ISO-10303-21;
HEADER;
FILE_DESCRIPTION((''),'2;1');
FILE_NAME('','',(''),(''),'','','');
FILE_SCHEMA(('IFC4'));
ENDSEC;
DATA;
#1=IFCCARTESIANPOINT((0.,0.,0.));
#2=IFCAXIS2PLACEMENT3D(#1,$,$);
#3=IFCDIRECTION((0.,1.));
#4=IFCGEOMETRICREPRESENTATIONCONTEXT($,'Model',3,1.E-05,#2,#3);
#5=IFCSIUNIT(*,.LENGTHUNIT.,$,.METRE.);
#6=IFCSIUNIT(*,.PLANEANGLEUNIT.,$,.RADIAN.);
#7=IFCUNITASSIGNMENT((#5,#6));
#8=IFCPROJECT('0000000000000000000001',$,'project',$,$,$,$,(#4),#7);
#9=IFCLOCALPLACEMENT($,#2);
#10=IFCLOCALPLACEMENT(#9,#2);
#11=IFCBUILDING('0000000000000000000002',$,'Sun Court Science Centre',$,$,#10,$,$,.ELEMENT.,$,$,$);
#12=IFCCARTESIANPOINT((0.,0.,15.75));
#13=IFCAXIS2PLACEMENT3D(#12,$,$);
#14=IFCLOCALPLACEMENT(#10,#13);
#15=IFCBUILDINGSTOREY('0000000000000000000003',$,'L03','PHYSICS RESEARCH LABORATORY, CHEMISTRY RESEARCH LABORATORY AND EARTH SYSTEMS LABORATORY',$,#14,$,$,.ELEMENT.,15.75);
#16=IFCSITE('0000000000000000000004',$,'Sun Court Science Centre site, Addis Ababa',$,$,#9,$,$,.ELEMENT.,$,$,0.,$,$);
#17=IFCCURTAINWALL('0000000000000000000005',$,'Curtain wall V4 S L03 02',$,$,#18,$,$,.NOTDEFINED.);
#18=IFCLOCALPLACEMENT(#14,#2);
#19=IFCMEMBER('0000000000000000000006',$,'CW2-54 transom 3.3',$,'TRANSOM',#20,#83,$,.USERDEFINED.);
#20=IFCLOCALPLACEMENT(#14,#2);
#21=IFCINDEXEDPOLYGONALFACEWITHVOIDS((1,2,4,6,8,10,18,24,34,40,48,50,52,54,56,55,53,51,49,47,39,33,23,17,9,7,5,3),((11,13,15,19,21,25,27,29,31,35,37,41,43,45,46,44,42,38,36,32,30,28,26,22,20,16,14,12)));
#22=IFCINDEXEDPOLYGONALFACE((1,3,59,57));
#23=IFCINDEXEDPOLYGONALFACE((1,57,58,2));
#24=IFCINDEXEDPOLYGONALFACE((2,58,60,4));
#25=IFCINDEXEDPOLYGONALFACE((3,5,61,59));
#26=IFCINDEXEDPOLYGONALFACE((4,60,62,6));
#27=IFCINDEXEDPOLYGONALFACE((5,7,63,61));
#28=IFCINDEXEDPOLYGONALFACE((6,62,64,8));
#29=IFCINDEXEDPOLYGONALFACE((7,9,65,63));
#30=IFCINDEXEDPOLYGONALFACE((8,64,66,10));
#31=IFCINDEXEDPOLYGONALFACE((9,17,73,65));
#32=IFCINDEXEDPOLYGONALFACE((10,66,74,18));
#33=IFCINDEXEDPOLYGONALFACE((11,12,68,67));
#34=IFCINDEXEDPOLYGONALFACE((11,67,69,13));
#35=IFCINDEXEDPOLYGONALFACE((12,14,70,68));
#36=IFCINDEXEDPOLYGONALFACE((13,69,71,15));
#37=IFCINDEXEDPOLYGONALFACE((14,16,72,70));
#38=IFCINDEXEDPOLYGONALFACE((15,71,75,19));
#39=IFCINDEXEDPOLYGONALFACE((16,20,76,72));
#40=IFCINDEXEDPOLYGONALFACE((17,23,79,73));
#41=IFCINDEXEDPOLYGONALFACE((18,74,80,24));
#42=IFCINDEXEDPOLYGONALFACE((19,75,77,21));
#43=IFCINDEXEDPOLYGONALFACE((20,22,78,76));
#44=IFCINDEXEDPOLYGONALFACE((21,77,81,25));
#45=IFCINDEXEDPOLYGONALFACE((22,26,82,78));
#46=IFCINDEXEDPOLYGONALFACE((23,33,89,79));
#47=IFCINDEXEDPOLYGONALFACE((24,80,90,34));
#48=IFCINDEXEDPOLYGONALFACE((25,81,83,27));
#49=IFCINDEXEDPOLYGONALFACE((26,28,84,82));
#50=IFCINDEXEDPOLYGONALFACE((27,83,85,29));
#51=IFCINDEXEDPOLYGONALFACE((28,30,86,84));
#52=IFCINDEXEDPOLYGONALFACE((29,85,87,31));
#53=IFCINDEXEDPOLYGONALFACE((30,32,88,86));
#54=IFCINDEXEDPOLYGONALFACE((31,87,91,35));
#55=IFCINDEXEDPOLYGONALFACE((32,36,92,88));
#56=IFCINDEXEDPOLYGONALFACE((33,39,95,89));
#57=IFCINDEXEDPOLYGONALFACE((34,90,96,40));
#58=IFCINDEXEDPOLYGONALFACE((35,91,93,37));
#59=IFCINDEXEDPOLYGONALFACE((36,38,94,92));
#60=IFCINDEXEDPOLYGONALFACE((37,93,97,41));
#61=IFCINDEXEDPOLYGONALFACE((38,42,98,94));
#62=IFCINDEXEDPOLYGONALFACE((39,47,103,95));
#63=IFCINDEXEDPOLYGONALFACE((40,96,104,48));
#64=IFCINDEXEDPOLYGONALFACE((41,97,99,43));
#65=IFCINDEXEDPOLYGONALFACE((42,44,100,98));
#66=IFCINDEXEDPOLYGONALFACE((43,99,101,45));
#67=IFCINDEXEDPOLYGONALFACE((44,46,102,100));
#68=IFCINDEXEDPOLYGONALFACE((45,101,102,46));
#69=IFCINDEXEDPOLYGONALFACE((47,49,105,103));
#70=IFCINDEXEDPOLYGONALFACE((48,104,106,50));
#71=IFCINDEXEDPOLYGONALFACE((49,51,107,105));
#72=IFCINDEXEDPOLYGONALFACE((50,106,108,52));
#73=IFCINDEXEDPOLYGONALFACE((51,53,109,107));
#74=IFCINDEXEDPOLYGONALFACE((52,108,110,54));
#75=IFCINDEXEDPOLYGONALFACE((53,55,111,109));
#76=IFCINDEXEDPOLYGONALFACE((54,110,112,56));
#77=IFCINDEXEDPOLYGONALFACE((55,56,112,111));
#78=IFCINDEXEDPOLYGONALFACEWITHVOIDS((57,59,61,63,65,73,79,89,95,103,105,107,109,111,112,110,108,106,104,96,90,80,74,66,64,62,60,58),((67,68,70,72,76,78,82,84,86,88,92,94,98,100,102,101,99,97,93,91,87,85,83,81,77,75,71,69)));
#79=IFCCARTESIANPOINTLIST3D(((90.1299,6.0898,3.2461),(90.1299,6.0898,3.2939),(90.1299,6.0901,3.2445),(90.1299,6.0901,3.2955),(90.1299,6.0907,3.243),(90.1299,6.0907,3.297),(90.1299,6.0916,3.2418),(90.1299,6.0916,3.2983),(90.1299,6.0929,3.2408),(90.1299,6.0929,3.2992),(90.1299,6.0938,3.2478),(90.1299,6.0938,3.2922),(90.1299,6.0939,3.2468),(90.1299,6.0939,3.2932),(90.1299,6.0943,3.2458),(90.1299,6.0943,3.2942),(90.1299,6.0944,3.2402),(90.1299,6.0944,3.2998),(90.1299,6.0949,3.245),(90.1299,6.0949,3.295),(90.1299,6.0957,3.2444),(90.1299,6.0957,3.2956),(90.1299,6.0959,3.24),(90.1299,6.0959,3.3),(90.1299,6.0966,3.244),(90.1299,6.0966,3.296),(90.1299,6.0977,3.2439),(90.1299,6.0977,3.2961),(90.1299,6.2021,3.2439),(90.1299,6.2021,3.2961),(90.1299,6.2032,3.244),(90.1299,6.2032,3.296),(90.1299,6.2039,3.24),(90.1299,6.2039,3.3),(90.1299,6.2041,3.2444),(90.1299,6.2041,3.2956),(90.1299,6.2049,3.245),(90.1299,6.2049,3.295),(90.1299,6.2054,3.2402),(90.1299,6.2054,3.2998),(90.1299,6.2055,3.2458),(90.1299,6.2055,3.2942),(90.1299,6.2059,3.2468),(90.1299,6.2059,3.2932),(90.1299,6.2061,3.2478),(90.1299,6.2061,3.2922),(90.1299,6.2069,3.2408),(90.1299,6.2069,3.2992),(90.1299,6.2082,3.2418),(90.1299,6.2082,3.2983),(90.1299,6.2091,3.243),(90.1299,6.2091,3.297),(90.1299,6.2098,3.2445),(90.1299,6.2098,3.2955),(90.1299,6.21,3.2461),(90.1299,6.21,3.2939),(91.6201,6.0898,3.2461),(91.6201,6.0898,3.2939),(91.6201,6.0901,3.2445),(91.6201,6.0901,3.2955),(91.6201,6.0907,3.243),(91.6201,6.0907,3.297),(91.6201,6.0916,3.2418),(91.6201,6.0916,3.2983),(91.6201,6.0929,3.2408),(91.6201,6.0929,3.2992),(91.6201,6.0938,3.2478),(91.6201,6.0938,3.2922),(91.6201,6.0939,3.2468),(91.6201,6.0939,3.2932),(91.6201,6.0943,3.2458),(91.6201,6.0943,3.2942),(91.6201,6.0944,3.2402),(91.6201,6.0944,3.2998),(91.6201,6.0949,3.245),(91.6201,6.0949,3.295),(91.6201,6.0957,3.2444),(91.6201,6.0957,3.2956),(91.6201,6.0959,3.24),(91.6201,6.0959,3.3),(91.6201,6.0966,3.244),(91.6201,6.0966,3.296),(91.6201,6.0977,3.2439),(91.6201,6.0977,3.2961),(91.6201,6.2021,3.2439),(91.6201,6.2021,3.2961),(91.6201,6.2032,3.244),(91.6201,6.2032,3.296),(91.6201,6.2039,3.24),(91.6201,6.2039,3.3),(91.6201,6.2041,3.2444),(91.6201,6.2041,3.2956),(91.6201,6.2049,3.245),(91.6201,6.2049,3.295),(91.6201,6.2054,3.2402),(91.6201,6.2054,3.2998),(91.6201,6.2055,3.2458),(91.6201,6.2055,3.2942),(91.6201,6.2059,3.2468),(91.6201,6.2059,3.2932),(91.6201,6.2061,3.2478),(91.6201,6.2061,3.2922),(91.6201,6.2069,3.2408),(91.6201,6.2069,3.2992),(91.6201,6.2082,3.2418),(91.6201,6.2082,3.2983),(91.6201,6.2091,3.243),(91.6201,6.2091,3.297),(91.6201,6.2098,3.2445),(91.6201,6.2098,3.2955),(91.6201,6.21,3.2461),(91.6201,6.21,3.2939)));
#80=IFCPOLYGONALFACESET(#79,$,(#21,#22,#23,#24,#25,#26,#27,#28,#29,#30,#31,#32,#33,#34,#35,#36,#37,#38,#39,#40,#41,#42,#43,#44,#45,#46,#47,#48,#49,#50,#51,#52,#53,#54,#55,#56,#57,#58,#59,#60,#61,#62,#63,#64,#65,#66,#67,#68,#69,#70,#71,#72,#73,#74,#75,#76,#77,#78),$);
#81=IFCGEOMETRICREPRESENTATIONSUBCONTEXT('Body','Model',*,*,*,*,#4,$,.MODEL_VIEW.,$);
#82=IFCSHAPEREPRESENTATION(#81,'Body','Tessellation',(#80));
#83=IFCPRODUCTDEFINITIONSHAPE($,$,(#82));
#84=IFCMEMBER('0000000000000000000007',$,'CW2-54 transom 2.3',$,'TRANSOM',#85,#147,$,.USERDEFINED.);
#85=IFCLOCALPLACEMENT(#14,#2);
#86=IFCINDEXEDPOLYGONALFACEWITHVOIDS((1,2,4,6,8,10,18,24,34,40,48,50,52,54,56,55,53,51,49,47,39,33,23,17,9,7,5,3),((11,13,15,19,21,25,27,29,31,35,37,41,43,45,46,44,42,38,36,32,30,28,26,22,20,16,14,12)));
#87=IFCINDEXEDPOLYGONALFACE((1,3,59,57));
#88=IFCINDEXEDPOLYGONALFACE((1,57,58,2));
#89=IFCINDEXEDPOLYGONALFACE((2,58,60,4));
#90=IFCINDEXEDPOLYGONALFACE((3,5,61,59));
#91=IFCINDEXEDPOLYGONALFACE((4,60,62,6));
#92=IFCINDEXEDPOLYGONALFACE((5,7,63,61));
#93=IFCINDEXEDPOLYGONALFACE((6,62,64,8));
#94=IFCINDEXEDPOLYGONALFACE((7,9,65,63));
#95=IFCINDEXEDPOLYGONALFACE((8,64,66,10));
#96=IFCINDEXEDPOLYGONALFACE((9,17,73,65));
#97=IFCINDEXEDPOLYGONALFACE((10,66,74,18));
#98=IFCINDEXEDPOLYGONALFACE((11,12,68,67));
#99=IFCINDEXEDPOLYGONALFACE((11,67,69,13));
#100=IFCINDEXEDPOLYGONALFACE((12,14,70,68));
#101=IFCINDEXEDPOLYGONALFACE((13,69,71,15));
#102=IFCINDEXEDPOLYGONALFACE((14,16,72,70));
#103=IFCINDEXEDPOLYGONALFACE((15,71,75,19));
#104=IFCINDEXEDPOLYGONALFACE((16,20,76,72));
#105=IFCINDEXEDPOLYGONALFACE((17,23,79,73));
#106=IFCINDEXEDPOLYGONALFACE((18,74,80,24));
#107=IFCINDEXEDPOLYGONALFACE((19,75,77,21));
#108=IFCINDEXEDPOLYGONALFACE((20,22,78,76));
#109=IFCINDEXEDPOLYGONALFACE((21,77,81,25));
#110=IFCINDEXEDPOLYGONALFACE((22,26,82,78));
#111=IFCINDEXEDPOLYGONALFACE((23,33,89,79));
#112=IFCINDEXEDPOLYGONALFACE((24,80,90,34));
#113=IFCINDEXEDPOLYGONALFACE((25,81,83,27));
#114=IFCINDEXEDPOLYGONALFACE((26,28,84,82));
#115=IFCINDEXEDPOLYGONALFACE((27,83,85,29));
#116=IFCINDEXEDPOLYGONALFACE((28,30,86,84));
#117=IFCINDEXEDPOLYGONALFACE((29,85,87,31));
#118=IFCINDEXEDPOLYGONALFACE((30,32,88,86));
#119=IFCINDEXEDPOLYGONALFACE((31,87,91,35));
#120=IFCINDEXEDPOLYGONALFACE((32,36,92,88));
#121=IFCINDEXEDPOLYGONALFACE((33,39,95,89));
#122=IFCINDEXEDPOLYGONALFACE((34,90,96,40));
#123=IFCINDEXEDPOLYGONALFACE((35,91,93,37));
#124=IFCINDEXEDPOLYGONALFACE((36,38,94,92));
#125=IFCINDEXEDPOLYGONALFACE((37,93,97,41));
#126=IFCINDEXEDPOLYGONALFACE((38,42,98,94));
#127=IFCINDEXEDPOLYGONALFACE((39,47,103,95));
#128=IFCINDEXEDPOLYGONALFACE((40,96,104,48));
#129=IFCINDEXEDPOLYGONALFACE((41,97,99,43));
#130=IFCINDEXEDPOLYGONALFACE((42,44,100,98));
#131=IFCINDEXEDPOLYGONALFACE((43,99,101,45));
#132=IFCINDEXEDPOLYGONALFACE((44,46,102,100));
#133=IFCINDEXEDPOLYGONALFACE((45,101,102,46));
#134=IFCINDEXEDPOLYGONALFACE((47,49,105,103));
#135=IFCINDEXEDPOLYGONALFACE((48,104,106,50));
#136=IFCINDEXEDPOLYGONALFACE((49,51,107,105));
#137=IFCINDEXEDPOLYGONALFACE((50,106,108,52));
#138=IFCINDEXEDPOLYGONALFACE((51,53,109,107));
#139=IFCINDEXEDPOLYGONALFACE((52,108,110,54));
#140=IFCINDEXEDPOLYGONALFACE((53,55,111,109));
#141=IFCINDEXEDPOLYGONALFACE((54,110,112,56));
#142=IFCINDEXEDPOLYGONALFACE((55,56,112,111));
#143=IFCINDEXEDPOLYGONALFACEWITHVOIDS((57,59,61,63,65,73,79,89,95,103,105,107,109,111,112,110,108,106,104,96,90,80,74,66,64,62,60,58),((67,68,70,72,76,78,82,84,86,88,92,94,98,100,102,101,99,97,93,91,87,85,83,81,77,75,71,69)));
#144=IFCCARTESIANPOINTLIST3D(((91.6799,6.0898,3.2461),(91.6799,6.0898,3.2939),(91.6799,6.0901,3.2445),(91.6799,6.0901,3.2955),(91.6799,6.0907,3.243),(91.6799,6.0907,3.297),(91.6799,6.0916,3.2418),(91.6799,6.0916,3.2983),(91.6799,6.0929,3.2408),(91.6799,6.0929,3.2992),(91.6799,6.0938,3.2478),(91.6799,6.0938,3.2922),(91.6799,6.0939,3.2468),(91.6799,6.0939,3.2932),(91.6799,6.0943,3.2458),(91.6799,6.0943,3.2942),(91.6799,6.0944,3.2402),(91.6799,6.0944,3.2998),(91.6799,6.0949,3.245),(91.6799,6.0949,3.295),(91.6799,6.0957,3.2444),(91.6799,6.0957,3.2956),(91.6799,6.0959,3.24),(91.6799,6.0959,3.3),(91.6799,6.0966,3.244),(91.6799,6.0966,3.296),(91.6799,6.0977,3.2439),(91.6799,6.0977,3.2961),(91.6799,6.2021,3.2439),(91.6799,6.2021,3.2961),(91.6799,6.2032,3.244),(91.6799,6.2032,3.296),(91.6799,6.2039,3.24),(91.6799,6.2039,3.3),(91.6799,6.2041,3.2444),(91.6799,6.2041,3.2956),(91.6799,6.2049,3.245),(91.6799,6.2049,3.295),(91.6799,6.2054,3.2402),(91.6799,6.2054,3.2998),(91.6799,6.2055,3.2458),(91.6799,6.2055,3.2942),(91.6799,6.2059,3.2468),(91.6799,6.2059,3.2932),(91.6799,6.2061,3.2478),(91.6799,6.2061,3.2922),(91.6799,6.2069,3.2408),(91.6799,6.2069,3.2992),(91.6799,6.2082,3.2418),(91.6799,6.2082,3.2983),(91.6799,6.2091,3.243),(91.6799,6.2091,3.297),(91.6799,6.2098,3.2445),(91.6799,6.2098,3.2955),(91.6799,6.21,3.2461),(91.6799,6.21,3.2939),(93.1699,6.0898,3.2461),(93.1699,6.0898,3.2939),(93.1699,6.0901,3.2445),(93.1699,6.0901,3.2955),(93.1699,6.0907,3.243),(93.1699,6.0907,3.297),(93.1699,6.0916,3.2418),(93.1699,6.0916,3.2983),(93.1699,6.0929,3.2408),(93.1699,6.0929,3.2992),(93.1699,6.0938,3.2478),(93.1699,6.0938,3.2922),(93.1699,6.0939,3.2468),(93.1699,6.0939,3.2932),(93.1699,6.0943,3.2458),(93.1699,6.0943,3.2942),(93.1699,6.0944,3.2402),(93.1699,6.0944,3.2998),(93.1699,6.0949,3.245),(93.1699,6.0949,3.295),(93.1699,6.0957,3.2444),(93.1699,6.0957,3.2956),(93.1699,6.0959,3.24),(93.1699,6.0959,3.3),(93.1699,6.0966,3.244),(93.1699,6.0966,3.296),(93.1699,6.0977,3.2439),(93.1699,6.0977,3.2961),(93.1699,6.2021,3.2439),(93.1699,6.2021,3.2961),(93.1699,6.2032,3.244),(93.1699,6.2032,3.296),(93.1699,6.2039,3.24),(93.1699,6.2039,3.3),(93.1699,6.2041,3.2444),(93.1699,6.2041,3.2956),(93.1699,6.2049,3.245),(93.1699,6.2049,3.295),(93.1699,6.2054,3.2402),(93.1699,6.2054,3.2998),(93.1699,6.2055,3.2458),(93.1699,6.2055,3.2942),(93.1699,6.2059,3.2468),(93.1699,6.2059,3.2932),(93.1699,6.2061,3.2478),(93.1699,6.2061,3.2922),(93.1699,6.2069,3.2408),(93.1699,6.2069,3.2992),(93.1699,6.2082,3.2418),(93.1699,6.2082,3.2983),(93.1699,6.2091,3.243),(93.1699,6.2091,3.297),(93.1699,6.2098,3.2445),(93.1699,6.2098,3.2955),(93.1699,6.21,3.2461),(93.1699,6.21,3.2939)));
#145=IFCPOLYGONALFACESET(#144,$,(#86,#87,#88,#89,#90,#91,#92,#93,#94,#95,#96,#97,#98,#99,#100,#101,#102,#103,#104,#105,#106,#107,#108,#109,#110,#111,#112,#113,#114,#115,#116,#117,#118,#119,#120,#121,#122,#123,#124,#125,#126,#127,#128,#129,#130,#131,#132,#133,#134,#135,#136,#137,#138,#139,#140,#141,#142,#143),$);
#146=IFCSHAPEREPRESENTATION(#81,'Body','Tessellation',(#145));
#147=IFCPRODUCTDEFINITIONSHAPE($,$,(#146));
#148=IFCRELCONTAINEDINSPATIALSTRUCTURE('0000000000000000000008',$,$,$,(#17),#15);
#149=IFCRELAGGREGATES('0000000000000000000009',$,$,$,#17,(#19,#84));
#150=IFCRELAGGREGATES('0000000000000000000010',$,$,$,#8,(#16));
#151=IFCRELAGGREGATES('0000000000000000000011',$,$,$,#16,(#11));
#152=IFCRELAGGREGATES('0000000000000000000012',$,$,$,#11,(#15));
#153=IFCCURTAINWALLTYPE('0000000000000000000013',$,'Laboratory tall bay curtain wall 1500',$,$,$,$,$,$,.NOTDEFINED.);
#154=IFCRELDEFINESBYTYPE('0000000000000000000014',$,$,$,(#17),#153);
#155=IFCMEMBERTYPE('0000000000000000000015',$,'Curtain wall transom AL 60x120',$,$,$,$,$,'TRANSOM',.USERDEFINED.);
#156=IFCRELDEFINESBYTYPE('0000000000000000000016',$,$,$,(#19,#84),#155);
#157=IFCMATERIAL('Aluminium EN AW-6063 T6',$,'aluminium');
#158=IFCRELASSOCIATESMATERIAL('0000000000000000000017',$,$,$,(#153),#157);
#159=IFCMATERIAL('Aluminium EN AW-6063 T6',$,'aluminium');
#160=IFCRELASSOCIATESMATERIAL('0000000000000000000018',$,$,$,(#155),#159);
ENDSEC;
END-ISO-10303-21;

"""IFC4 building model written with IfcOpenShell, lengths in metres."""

from ifc_helpers import new_model, si_unit, direction, frame, origin, origin_2d, place, context, subcontext, project, spatial, hollow_rectangle, extrude, material, material_profile, profile_set, type_object, element, aggregate, save


model = new_model("IFC4")

# Units and contexts
model_context = context("Model", 3, precision=1e-05, world=origin(), true_north=direction((0.0, 1.0)))
body_context = subcontext(model_context, "Body", "Model", "MODEL_VIEW")
ifc_project = project(units=[si_unit("LENGTHUNIT", "METRE"), si_unit("PLANEANGLEUNIT", "RADIAN")], contexts=[model_context])

# Site, building, storey
site_placement = place(None, origin())
site = spatial("IfcSite", under=ifc_project, at=site_placement, Name="Sun Court Science Centre site, Addis Ababa", CompositionType="ELEMENT", RefElevation=0.0)
building_placement = place(site_placement, origin())
building = spatial("IfcBuilding", under=site, at=building_placement, Name="Sun Court Science Centre", CompositionType="ELEMENT")
storey_placement = place(building_placement, frame((0.0, 0.0, 15.75)))
storey = spatial("IfcBuildingStorey", under=building, at=storey_placement, Name="L03", Description="PHYSICS RESEARCH LABORATORY, CHEMISTRY RESEARCH LABORATORY AND EARTH SYSTEMS LABORATORY", CompositionType="ELEMENT", Elevation=15.75)

# Curtain wall
ifc_material_1 = material(Name="Aluminium EN AW-6063 T6", Category="aluminium")
curtain_wall_type = type_object("IfcCurtainWallType", Name="Laboratory tall bay curtain wall 1500", PredefinedType="NOTDEFINED", material=ifc_material_1)
curtain_wall_1_placement = place(storey_placement, origin())
curtain_wall_1 = element("IfcCurtainWall", 1, at=curtain_wall_1_placement, inside=storey, type_object=curtain_wall_type, Name="Curtain wall V4 S L03 02", PredefinedType="NOTDEFINED")

# Members
ifc_material_2 = material(Name="Aluminium EN AW-6063 T6", Category="aluminium")
ifc_material_profile_1 = material_profile(ifc_material_2, hollow_rectangle(XDim=0.0601, YDim=0.1201, WallThickness=0.0039, InnerFilletRadius=0.0039, OuterFilletRadius=0.0061, at=origin_2d()), Name="AL 60x120x4")
ifc_profile_set_1 = profile_set([ifc_material_profile_1], Name="Aluminium EN AW-6063 T6")
member_type_1 = type_object("IfcMemberType", Name="Curtain wall transom AL 60x120", ElementType="TRANSOM", PredefinedType="USERDEFINED", material=ifc_profile_set_1)
member_1_placement = place(storey_placement, frame((91.6201, 6.1499, 3.27), z_axis=(-1.0, 0.0, 0.0), x_axis=(0.0, 0.0, 1.0)))
member_1 = element("IfcMember", 2, at=member_1_placement, type_object=member_type_1, Name="CW2-54 transom 3.3", ObjectType="TRANSOM", PredefinedType="USERDEFINED", context=body_context, shape_type="SweptSolid", body=[
    extrude(hollow_rectangle(XDim=0.0601, YDim=0.1201, WallThickness=0.0039, InnerFilletRadius=0.0039, OuterFilletRadius=0.0061, at=origin_2d()), origin(), (0.0, 0.0, 1.0), 1.4902),
])
member_2_placement = place(storey_placement, frame((93.1699, 6.1499, 3.27), z_axis=(-1.0, 0.0, 0.0), x_axis=(0.0, 0.0, 1.0)))
member_2 = element("IfcMember", 3, at=member_2_placement, type_object=member_type_1, Name="CW2-54 transom 2.3", ObjectType="TRANSOM", PredefinedType="USERDEFINED", context=body_context, shape_type="SweptSolid", body=[
    extrude(hollow_rectangle(XDim=0.0601, YDim=0.1201, WallThickness=0.0039, InnerFilletRadius=0.0039, OuterFilletRadius=0.0061, at=origin_2d()), origin(), (0.0, 0.0, 1.0), 1.49),
])

aggregate(curtain_wall_1, [member_1, member_2])

save(model, "model.ifc")
